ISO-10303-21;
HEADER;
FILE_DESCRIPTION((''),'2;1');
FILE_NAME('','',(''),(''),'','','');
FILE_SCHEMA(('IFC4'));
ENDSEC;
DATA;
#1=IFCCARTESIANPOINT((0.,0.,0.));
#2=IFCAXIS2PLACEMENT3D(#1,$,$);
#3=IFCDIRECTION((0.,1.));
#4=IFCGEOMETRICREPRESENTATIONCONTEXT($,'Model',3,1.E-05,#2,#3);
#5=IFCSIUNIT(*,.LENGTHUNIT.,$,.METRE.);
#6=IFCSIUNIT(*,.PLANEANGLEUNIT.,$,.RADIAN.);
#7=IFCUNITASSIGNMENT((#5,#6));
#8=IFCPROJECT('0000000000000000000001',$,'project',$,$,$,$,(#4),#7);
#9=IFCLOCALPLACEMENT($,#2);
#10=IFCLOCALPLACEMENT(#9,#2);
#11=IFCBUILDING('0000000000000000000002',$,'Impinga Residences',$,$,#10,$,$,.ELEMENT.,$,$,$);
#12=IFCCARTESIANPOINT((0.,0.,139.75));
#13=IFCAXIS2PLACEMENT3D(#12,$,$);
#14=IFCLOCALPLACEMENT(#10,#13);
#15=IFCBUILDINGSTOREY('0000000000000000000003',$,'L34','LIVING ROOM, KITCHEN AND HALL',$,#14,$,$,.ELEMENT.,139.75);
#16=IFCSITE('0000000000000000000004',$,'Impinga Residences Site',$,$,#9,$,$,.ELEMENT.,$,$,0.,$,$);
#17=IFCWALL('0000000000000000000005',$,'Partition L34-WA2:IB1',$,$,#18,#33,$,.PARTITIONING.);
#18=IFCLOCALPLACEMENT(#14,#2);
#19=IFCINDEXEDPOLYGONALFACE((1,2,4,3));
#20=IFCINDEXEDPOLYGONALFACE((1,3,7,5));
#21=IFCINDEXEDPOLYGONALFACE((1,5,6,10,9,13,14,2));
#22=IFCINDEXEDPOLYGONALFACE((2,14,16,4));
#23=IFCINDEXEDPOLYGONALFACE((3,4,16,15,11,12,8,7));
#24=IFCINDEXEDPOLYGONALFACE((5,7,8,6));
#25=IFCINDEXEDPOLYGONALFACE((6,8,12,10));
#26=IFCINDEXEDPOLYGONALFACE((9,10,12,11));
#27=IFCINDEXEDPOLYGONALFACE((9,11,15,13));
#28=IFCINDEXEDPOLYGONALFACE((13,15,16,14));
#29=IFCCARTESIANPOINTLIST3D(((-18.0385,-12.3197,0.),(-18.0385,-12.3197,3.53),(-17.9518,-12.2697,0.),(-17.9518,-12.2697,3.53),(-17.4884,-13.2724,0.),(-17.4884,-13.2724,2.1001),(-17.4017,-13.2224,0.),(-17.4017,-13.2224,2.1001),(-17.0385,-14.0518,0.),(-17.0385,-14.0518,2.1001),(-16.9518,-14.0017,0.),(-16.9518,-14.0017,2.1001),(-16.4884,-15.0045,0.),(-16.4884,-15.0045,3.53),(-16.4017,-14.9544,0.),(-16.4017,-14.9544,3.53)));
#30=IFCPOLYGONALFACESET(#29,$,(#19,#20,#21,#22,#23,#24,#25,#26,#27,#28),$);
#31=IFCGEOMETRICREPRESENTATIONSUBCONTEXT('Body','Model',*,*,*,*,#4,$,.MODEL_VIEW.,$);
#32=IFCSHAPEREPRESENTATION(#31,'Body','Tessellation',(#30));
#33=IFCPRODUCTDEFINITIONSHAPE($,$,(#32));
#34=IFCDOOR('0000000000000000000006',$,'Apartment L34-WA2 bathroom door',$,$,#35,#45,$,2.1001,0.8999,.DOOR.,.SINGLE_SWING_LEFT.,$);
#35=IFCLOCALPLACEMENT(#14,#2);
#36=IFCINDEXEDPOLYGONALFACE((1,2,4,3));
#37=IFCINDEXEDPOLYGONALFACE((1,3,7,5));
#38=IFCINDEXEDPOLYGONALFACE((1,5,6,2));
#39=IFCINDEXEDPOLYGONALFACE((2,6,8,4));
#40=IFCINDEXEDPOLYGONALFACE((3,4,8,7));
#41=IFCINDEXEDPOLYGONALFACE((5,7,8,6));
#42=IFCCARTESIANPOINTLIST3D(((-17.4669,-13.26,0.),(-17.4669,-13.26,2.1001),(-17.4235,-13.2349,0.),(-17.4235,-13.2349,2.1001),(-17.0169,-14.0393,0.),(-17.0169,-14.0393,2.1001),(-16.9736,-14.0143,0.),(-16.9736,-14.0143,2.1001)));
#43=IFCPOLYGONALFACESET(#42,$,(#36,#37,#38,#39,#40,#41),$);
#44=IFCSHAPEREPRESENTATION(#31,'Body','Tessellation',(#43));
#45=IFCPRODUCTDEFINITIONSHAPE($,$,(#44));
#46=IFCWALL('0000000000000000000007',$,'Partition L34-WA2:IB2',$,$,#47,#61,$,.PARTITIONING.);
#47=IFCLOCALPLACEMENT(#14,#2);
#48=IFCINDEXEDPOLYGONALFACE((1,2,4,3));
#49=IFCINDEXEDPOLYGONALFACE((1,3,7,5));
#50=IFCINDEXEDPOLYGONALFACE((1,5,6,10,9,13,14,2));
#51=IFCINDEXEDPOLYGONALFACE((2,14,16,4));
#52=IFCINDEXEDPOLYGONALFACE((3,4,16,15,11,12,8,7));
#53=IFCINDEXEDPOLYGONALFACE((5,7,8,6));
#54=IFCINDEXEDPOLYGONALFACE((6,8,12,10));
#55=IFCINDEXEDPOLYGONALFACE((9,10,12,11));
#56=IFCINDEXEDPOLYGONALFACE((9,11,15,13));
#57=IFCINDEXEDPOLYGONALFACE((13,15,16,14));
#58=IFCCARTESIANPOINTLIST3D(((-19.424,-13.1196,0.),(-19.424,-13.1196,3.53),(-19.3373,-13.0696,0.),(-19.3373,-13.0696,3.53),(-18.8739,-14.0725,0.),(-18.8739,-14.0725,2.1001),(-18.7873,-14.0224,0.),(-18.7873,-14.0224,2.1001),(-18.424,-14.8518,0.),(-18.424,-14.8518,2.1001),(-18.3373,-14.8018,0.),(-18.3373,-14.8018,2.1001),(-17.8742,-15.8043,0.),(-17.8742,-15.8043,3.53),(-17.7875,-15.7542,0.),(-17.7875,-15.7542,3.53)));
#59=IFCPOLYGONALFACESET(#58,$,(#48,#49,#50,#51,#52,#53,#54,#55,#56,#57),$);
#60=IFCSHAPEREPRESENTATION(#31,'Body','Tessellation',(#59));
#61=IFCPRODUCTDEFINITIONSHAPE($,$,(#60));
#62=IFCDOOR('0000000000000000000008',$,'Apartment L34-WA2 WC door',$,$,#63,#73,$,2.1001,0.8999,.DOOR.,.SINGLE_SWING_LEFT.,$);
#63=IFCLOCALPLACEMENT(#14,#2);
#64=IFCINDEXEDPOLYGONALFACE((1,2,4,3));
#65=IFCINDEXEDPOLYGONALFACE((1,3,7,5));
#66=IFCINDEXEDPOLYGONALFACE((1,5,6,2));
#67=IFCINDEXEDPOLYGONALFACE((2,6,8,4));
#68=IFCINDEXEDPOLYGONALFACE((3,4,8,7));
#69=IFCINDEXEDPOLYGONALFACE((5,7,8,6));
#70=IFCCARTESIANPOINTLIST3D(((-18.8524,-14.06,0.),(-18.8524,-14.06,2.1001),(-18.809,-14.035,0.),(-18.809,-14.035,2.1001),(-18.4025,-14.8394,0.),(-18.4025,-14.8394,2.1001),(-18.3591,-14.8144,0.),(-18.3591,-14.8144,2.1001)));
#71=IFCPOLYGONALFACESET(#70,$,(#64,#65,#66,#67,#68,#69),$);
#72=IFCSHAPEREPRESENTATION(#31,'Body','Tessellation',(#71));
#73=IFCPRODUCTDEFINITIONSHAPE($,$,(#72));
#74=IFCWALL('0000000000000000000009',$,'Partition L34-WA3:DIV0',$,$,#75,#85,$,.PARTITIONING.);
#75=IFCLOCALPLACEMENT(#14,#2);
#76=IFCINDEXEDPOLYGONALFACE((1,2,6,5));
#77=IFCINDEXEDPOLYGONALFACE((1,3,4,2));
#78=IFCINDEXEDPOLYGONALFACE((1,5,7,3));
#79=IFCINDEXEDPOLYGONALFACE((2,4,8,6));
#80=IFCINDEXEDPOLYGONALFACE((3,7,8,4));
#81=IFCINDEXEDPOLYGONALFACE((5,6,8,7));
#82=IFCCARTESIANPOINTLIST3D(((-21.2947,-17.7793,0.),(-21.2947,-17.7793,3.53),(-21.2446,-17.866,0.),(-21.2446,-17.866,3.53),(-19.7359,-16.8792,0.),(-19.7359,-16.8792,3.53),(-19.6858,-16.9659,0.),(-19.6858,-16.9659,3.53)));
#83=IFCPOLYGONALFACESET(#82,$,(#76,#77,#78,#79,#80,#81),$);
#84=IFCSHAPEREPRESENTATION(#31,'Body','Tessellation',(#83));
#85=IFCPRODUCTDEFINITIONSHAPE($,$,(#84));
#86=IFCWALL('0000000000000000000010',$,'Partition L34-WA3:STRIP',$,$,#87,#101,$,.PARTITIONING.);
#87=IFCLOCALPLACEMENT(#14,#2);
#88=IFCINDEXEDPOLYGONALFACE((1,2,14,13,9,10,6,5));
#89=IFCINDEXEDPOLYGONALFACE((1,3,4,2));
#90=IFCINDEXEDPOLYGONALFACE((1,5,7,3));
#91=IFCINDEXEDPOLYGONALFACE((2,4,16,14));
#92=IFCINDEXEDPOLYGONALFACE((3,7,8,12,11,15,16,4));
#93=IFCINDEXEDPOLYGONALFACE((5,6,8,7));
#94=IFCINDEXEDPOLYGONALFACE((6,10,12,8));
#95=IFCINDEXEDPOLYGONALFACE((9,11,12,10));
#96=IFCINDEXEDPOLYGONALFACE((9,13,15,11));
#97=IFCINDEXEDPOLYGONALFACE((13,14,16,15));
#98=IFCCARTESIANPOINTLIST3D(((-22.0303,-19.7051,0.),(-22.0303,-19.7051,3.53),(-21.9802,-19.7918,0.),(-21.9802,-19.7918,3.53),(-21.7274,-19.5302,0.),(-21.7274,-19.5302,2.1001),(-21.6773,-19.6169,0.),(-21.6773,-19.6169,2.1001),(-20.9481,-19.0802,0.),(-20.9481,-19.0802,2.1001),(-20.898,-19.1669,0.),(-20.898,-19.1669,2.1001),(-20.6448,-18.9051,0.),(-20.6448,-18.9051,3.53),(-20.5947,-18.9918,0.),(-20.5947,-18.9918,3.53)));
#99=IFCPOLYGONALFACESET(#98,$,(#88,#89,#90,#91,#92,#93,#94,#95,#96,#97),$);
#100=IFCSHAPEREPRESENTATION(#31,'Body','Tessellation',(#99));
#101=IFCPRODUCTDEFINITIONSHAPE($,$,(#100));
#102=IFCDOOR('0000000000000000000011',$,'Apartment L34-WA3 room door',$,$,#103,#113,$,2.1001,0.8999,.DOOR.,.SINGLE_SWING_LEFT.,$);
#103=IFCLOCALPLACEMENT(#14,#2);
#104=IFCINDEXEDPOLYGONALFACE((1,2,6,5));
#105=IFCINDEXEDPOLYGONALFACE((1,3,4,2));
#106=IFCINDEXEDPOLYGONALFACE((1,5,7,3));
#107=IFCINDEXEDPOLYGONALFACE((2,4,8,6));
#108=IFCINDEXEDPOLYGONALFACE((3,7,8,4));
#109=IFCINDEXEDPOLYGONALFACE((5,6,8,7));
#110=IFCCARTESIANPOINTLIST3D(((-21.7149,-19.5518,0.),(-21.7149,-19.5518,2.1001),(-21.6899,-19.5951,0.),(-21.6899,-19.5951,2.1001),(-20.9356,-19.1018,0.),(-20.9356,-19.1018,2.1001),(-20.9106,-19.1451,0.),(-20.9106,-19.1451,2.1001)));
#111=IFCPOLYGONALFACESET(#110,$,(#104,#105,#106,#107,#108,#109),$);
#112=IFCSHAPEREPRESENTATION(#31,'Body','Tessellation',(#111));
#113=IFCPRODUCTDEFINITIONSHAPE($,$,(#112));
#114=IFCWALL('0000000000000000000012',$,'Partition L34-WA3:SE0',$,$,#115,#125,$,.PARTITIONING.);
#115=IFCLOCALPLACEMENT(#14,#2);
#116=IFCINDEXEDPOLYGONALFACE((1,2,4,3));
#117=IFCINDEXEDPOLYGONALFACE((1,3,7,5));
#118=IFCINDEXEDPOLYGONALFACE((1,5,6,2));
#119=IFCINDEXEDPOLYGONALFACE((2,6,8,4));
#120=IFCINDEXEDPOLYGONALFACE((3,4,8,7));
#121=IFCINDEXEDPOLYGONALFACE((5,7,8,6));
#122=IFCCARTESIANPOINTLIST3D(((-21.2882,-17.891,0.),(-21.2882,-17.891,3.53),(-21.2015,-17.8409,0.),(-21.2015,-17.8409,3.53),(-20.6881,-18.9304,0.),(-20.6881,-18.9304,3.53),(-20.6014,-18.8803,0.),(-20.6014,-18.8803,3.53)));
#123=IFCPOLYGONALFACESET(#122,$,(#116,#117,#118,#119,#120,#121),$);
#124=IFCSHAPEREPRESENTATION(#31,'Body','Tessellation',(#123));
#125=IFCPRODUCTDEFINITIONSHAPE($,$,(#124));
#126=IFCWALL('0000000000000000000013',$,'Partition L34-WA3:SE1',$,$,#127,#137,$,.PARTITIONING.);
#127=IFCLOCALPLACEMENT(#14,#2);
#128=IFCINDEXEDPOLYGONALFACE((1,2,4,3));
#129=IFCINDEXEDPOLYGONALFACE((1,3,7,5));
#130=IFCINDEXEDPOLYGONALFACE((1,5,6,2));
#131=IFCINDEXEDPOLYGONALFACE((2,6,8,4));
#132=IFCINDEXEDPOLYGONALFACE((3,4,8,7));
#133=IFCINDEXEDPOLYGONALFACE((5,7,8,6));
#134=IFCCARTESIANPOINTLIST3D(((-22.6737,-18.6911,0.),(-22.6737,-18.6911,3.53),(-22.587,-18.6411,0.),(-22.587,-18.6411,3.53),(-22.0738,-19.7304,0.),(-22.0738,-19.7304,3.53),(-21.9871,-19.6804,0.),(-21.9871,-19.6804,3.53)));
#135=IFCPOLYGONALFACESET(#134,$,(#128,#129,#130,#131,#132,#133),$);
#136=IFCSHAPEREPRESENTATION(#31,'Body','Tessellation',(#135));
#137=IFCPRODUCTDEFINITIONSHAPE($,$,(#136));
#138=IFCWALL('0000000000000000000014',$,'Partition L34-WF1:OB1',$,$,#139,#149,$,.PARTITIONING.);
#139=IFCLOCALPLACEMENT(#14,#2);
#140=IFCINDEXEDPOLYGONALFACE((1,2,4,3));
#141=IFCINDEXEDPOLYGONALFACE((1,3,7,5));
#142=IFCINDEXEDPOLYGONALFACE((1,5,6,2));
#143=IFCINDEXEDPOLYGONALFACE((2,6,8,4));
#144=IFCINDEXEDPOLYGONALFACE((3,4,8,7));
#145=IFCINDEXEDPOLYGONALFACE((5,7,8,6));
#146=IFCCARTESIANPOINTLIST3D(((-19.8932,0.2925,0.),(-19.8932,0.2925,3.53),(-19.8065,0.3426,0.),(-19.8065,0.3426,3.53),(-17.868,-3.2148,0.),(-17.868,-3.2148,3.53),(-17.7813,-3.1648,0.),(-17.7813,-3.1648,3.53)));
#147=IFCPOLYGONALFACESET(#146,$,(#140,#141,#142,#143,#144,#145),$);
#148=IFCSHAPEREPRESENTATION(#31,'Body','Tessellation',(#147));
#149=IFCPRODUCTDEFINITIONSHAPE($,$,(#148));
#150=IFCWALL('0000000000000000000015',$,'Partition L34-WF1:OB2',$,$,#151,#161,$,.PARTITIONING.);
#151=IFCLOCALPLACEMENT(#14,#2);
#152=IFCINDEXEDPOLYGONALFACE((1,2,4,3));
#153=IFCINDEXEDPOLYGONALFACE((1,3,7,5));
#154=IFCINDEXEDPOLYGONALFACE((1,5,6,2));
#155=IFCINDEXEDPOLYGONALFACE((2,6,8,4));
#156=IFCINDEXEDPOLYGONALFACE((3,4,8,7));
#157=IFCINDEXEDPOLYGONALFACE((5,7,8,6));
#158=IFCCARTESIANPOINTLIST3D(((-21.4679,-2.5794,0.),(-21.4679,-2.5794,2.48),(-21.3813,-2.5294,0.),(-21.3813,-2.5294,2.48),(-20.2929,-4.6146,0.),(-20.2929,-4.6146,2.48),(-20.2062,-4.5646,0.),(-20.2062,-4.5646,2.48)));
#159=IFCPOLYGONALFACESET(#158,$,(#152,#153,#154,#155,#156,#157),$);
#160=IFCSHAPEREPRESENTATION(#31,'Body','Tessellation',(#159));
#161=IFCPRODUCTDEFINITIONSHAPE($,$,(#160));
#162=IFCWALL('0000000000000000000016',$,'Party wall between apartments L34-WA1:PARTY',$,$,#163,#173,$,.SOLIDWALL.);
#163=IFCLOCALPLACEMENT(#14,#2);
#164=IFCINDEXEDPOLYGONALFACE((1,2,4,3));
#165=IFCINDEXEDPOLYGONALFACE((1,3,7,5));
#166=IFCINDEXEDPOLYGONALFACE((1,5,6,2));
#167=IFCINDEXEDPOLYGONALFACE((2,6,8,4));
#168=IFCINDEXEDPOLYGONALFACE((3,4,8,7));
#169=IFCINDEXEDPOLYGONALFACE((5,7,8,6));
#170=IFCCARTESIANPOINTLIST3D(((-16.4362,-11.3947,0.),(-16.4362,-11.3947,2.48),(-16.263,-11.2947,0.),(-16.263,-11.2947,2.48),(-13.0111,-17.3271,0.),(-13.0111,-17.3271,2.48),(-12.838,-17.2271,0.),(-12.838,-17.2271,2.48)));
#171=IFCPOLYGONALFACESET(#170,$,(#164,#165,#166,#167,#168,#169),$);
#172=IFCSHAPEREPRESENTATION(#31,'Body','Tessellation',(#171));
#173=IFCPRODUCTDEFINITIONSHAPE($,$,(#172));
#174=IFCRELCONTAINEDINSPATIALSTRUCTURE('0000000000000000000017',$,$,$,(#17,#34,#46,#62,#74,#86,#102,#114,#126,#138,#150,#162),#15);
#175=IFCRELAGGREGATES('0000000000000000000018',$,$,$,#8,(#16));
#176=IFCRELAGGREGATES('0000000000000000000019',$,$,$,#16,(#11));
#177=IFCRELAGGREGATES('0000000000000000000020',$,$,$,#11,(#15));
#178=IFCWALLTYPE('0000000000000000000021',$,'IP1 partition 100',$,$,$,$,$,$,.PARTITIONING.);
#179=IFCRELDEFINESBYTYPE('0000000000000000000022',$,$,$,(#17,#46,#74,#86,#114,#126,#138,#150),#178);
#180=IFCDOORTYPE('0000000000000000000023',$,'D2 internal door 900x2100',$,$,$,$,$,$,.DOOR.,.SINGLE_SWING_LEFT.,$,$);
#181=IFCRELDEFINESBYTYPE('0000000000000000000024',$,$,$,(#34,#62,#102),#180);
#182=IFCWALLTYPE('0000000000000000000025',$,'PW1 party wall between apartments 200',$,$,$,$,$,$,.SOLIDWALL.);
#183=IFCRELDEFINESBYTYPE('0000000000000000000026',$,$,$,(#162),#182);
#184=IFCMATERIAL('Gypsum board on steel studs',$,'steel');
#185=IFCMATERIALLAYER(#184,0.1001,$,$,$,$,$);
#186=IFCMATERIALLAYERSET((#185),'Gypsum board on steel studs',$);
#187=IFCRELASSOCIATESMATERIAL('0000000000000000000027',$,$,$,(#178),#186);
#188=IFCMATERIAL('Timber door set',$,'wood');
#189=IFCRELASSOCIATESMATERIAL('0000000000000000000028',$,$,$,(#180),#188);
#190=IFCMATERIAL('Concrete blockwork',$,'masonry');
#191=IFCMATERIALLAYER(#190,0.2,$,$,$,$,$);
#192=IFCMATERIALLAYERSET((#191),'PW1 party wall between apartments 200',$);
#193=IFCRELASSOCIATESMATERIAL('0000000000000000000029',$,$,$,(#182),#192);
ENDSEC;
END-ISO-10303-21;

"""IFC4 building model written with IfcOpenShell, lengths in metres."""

from ifc_helpers import new_model, si_unit, direction, frame, frame_2d, origin, place, context, subcontext, project, spatial, rectangle, extrude, material, layer, layer_set, type_object, element, fill, save


model = new_model("IFC4")

# Units and contexts
model_context = context("Model", 3, precision=1e-05, world=origin(), true_north=direction((0.0, 1.0)))
body_context = subcontext(model_context, "Body", "Model", "MODEL_VIEW")
ifc_project = project(units=[si_unit("LENGTHUNIT", "METRE"), si_unit("PLANEANGLEUNIT", "RADIAN")], contexts=[model_context])

# Site, building, storey
site_placement = place(None, origin())
site = spatial("IfcSite", under=ifc_project, at=site_placement, Name="Impinga Residences Site", CompositionType="ELEMENT", RefElevation=0.0)
building_placement = place(site_placement, origin())
building = spatial("IfcBuilding", under=site, at=building_placement, Name="Impinga Residences", CompositionType="ELEMENT")
storey_placement = place(building_placement, frame((0.0, 0.0, 139.75)))
storey = spatial("IfcBuildingStorey", under=building, at=storey_placement, Name="L34", Description="LIVING ROOM, KITCHEN AND HALL", CompositionType="ELEMENT", Elevation=139.75)

# Shared definitions
ifc_material_1 = material(Name="Concrete blockwork", Category="masonry")
ifc_material_2 = material(Name="Timber door set", Category="wood")

# Shared definitions
ifc_material_3 = material(Name="Gypsum board on steel studs", Category="steel")
ifc_layer_1 = layer(ifc_material_3, 0.1001)
ifc_layer_set_1 = layer_set([ifc_layer_1], Name="Gypsum board on steel studs")
wall_type_1 = type_object("IfcWallType", Name="IP1 partition 100", PredefinedType="PARTITIONING", material=ifc_layer_set_1)

# Shared definitions
door_type_1 = type_object("IfcDoorType", Name="D2 internal door 900x2100", OperationType="SINGLE_SWING_LEFT", PredefinedType="DOOR", material=ifc_material_2)

# Walls, openings, doors
wall_1_placement = place(storey_placement, frame((-17.9951, -12.2947, 0.0), z_axis=(0.0, 0.0, 1.0), x_axis=(0.499993, -0.86603, 0.0)))
wall_1 = element("IfcWall", 1, at=wall_1_placement, inside=storey, type_object=wall_type_1, Name="Partition L34-WA2:IB1", PredefinedType="PARTITIONING", context=body_context, shape_type="SweptSolid", body=[
    extrude(rectangle(XDim=3.1001, YDim=0.1001, at=frame_2d((1.55, 0.0))), origin(), (0.0, 0.0, 1.0), 3.53),
])
opening_1_placement = place(wall_1_placement, frame((1.1001, 0.0, 0.0)))
opening_1 = element("IfcOpeningElement", 2, at=opening_1_placement, cuts=wall_1, PredefinedType="OPENING", context=body_context, shape_type="SweptSolid", body=[
    extrude(rectangle(XDim=0.8999, YDim=2.1001, at=frame_2d((0.45, 1.05))), frame((0.0, 0.0601, 0.0), z_axis=(0.0, -1.0, 0.0), x_axis=(1.0, 0.0, 0.0)), (0.0, 0.0, 1.0), 0.1201),
])
door_1_placement = place(opening_1_placement, origin())
door_1 = element("IfcDoor", 3, at=door_1_placement, inside=storey, type_object=door_type_1, Name="Apartment L34-WA2 bathroom door", OperationType="SINGLE_SWING_LEFT", OverallHeight=2.1001, OverallWidth=0.8999, PredefinedType="DOOR", context=body_context, shape_type="SweptSolid", body=[
    extrude(rectangle(XDim=0.8999, YDim=2.1001, at=frame_2d((0.45, 1.05))), frame((0.0, 0.0249, 0.0), z_axis=(0.0, -1.0, 0.0), x_axis=(1.0, 0.0, 0.0)), (0.0, 0.0, 1.0), 0.05),
])
fill(opening_1, door_1)
wall_2_placement = place(storey_placement, frame((-19.3806, -13.0947, 0.0), z_axis=(0.0, 0.0, 1.0), x_axis=(0.499968, -0.866044, 0.0)))
wall_2 = element("IfcWall", 4, at=wall_2_placement, inside=storey, type_object=wall_type_1, Name="Partition L34-WA2:IB2", PredefinedType="PARTITIONING", context=body_context, shape_type="SweptSolid", body=[
    extrude(rectangle(XDim=3.0999, YDim=0.1001, at=frame_2d((1.5498, 0.0))), origin(), (0.0, 0.0, 1.0), 3.53),
])
opening_2_placement = place(wall_2_placement, frame((1.1001, 0.0, 0.0)))
opening_2 = element("IfcOpeningElement", 5, at=opening_2_placement, cuts=wall_2, PredefinedType="OPENING", context=body_context, shape_type="SweptSolid", body=[
    extrude(rectangle(XDim=0.8999, YDim=2.1001, at=frame_2d((0.45, 1.05))), frame((0.0, 0.0601, 0.0), z_axis=(0.0, -1.0, 0.0), x_axis=(1.0, 0.0, 0.0)), (0.0, 0.0, 1.0), 0.1201),
])
door_2_placement = place(opening_2_placement, origin())
door_2 = element("IfcDoor", 6, at=door_2_placement, inside=storey, type_object=door_type_1, Name="Apartment L34-WA2 WC door", OperationType="SINGLE_SWING_LEFT", OverallHeight=2.1001, OverallWidth=0.8999, PredefinedType="DOOR", context=body_context, shape_type="SweptSolid", body=[
    extrude(rectangle(XDim=0.8999, YDim=2.1001, at=frame_2d((0.45, 1.05))), frame((0.0, 0.0249, 0.0), z_axis=(0.0, -1.0, 0.0), x_axis=(1.0, 0.0, 0.0)), (0.0, 0.0, 1.0), 0.05),
])
fill(opening_2, door_2)

# Wall
wall_3_placement = place(storey_placement, frame((-19.7109, -16.9226, 0.0), z_axis=(0.0, 0.0, 1.0), x_axis=(-0.865989, -0.500063, 0.0)))
element("IfcWall", 7, at=wall_3_placement, inside=storey, type_object=wall_type_1, Name="Partition L34-WA3:DIV0", PredefinedType="PARTITIONING", context=body_context, shape_type="SweptSolid", body=[
    extrude(rectangle(XDim=1.8, YDim=0.1001, at=frame_2d((0.8999, 0.0))), origin(), (0.0, 0.0, 1.0), 3.53),
])

# Wall, opening, door
wall_4_placement = place(storey_placement, frame((-20.6199, -18.9485, 0.0), z_axis=(0.0, 0.0, 1.0), x_axis=(-0.86599, -0.500061, 0.0)))
wall_4 = element("IfcWall", 8, at=wall_4_placement, inside=storey, type_object=wall_type_1, Name="Partition L34-WA3:STRIP", PredefinedType="PARTITIONING", context=body_context, shape_type="SweptSolid", body=[
    extrude(rectangle(XDim=1.5999, YDim=0.1001, at=frame_2d((0.7998, 0.0))), origin(), (0.0, 0.0, 1.0), 3.53),
])
opening_3_placement = place(wall_4_placement, frame((0.3501, 0.0, 0.0)))
opening_3 = element("IfcOpeningElement", 9, at=opening_3_placement, cuts=wall_4, PredefinedType="OPENING", context=body_context, shape_type="SweptSolid", body=[
    extrude(rectangle(XDim=0.8999, YDim=2.1001, at=frame_2d((0.45, 1.05))), frame((0.0, 0.0601, 0.0), z_axis=(0.0, -1.0, 0.0), x_axis=(1.0, 0.0, 0.0)), (0.0, 0.0, 1.0), 0.1201),
])
door_3_placement = place(opening_3_placement, origin())
door_3 = element("IfcDoor", 10, at=door_3_placement, inside=storey, type_object=door_type_1, Name="Apartment L34-WA3 room door", OperationType="SINGLE_SWING_LEFT", OverallHeight=2.1001, OverallWidth=0.8999, PredefinedType="DOOR", context=body_context, shape_type="SweptSolid", body=[
    extrude(rectangle(XDim=0.8999, YDim=2.1001, at=frame_2d((0.45, 1.05))), frame((0.0, 0.0249, 0.0), z_axis=(0.0, -1.0, 0.0), x_axis=(1.0, 0.0, 0.0)), (0.0, 0.0, 1.0), 0.05),
])
fill(opening_3, door_3)

# Walls
wall_5_placement = place(storey_placement, frame((-21.2449, -17.866, 0.0), z_axis=(0.0, 0.0, 1.0), x_axis=(0.500034, -0.866006, 0.0)))
element("IfcWall", 11, at=wall_5_placement, inside=storey, type_object=wall_type_1, Name="Partition L34-WA3:SE0", PredefinedType="PARTITIONING", context=body_context, shape_type="SweptSolid", body=[
    extrude(rectangle(XDim=1.2002, YDim=0.1001, at=frame_2d((0.6001, 0.0))), origin(), (0.0, 0.0, 1.0), 3.53),
])
wall_6_placement = place(storey_placement, frame((-22.6304, -18.666, 0.0), z_axis=(0.0, 0.0, 1.0), x_axis=(0.499881, -0.866094, 0.0)))
element("IfcWall", 12, at=wall_6_placement, inside=storey, type_object=wall_type_1, Name="Partition L34-WA3:SE1", PredefinedType="PARTITIONING", context=body_context, shape_type="SweptSolid", body=[
    extrude(rectangle(XDim=1.2, YDim=0.1001, at=frame_2d((0.6001, 0.0))), origin(), (0.0, 0.0, 1.0), 3.53),
])
wall_7_placement = place(storey_placement, frame((-17.8247, -3.1897, 0.0), z_axis=(0.0, 0.0, 1.0), x_axis=(-0.500036, 0.866005, 0.0)))
element("IfcWall", 13, at=wall_7_placement, inside=storey, type_object=wall_type_1, Name="Partition L34-WF1:OB1", PredefinedType="PARTITIONING", context=body_context, shape_type="SweptSolid", body=[
    extrude(rectangle(XDim=4.05, YDim=0.1001, at=frame_2d((2.0249, 0.0))), origin(), (0.0, 0.0, 1.0), 3.53),
])
wall_8_placement = place(storey_placement, frame((-20.2495, -4.5896, 0.0), z_axis=(0.0, 0.0, 1.0), x_axis=(-0.500016, 0.866016, 0.0)))
element("IfcWall", 14, at=wall_8_placement, inside=storey, type_object=wall_type_1, Name="Partition L34-WF1:OB2", PredefinedType="PARTITIONING", context=body_context, shape_type="SweptSolid", body=[
    extrude(rectangle(XDim=2.3501, YDim=0.1001, at=frame_2d((1.175, 0.0))), origin(), (0.0, 0.0, 1.0), 2.48),
])
ifc_layer_2 = layer(ifc_material_1, 0.2)
ifc_layer_set_2 = layer_set([ifc_layer_2], Name="PW1 party wall between apartments 200")
wall_type_2 = type_object("IfcWallType", Name="PW1 party wall between apartments 200", PredefinedType="SOLIDWALL", material=ifc_layer_set_2)
wall_9_placement = place(storey_placement, frame((-16.3496, -11.3447, 0.0), z_axis=(0.0, 0.0, 1.0), x_axis=(0.499999, -0.866026, 0.0)))
element("IfcWall", 15, at=wall_9_placement, inside=storey, type_object=wall_type_2, Name="Party wall between apartments L34-WA1:PARTY", PredefinedType="SOLIDWALL", context=body_context, shape_type="SweptSolid", body=[
    extrude(rectangle(XDim=6.8501, YDim=0.2, at=frame_2d((3.425, 0.0))), origin(), (0.0, 0.0, 1.0), 2.48),
])

save(model, "model.ifc")
